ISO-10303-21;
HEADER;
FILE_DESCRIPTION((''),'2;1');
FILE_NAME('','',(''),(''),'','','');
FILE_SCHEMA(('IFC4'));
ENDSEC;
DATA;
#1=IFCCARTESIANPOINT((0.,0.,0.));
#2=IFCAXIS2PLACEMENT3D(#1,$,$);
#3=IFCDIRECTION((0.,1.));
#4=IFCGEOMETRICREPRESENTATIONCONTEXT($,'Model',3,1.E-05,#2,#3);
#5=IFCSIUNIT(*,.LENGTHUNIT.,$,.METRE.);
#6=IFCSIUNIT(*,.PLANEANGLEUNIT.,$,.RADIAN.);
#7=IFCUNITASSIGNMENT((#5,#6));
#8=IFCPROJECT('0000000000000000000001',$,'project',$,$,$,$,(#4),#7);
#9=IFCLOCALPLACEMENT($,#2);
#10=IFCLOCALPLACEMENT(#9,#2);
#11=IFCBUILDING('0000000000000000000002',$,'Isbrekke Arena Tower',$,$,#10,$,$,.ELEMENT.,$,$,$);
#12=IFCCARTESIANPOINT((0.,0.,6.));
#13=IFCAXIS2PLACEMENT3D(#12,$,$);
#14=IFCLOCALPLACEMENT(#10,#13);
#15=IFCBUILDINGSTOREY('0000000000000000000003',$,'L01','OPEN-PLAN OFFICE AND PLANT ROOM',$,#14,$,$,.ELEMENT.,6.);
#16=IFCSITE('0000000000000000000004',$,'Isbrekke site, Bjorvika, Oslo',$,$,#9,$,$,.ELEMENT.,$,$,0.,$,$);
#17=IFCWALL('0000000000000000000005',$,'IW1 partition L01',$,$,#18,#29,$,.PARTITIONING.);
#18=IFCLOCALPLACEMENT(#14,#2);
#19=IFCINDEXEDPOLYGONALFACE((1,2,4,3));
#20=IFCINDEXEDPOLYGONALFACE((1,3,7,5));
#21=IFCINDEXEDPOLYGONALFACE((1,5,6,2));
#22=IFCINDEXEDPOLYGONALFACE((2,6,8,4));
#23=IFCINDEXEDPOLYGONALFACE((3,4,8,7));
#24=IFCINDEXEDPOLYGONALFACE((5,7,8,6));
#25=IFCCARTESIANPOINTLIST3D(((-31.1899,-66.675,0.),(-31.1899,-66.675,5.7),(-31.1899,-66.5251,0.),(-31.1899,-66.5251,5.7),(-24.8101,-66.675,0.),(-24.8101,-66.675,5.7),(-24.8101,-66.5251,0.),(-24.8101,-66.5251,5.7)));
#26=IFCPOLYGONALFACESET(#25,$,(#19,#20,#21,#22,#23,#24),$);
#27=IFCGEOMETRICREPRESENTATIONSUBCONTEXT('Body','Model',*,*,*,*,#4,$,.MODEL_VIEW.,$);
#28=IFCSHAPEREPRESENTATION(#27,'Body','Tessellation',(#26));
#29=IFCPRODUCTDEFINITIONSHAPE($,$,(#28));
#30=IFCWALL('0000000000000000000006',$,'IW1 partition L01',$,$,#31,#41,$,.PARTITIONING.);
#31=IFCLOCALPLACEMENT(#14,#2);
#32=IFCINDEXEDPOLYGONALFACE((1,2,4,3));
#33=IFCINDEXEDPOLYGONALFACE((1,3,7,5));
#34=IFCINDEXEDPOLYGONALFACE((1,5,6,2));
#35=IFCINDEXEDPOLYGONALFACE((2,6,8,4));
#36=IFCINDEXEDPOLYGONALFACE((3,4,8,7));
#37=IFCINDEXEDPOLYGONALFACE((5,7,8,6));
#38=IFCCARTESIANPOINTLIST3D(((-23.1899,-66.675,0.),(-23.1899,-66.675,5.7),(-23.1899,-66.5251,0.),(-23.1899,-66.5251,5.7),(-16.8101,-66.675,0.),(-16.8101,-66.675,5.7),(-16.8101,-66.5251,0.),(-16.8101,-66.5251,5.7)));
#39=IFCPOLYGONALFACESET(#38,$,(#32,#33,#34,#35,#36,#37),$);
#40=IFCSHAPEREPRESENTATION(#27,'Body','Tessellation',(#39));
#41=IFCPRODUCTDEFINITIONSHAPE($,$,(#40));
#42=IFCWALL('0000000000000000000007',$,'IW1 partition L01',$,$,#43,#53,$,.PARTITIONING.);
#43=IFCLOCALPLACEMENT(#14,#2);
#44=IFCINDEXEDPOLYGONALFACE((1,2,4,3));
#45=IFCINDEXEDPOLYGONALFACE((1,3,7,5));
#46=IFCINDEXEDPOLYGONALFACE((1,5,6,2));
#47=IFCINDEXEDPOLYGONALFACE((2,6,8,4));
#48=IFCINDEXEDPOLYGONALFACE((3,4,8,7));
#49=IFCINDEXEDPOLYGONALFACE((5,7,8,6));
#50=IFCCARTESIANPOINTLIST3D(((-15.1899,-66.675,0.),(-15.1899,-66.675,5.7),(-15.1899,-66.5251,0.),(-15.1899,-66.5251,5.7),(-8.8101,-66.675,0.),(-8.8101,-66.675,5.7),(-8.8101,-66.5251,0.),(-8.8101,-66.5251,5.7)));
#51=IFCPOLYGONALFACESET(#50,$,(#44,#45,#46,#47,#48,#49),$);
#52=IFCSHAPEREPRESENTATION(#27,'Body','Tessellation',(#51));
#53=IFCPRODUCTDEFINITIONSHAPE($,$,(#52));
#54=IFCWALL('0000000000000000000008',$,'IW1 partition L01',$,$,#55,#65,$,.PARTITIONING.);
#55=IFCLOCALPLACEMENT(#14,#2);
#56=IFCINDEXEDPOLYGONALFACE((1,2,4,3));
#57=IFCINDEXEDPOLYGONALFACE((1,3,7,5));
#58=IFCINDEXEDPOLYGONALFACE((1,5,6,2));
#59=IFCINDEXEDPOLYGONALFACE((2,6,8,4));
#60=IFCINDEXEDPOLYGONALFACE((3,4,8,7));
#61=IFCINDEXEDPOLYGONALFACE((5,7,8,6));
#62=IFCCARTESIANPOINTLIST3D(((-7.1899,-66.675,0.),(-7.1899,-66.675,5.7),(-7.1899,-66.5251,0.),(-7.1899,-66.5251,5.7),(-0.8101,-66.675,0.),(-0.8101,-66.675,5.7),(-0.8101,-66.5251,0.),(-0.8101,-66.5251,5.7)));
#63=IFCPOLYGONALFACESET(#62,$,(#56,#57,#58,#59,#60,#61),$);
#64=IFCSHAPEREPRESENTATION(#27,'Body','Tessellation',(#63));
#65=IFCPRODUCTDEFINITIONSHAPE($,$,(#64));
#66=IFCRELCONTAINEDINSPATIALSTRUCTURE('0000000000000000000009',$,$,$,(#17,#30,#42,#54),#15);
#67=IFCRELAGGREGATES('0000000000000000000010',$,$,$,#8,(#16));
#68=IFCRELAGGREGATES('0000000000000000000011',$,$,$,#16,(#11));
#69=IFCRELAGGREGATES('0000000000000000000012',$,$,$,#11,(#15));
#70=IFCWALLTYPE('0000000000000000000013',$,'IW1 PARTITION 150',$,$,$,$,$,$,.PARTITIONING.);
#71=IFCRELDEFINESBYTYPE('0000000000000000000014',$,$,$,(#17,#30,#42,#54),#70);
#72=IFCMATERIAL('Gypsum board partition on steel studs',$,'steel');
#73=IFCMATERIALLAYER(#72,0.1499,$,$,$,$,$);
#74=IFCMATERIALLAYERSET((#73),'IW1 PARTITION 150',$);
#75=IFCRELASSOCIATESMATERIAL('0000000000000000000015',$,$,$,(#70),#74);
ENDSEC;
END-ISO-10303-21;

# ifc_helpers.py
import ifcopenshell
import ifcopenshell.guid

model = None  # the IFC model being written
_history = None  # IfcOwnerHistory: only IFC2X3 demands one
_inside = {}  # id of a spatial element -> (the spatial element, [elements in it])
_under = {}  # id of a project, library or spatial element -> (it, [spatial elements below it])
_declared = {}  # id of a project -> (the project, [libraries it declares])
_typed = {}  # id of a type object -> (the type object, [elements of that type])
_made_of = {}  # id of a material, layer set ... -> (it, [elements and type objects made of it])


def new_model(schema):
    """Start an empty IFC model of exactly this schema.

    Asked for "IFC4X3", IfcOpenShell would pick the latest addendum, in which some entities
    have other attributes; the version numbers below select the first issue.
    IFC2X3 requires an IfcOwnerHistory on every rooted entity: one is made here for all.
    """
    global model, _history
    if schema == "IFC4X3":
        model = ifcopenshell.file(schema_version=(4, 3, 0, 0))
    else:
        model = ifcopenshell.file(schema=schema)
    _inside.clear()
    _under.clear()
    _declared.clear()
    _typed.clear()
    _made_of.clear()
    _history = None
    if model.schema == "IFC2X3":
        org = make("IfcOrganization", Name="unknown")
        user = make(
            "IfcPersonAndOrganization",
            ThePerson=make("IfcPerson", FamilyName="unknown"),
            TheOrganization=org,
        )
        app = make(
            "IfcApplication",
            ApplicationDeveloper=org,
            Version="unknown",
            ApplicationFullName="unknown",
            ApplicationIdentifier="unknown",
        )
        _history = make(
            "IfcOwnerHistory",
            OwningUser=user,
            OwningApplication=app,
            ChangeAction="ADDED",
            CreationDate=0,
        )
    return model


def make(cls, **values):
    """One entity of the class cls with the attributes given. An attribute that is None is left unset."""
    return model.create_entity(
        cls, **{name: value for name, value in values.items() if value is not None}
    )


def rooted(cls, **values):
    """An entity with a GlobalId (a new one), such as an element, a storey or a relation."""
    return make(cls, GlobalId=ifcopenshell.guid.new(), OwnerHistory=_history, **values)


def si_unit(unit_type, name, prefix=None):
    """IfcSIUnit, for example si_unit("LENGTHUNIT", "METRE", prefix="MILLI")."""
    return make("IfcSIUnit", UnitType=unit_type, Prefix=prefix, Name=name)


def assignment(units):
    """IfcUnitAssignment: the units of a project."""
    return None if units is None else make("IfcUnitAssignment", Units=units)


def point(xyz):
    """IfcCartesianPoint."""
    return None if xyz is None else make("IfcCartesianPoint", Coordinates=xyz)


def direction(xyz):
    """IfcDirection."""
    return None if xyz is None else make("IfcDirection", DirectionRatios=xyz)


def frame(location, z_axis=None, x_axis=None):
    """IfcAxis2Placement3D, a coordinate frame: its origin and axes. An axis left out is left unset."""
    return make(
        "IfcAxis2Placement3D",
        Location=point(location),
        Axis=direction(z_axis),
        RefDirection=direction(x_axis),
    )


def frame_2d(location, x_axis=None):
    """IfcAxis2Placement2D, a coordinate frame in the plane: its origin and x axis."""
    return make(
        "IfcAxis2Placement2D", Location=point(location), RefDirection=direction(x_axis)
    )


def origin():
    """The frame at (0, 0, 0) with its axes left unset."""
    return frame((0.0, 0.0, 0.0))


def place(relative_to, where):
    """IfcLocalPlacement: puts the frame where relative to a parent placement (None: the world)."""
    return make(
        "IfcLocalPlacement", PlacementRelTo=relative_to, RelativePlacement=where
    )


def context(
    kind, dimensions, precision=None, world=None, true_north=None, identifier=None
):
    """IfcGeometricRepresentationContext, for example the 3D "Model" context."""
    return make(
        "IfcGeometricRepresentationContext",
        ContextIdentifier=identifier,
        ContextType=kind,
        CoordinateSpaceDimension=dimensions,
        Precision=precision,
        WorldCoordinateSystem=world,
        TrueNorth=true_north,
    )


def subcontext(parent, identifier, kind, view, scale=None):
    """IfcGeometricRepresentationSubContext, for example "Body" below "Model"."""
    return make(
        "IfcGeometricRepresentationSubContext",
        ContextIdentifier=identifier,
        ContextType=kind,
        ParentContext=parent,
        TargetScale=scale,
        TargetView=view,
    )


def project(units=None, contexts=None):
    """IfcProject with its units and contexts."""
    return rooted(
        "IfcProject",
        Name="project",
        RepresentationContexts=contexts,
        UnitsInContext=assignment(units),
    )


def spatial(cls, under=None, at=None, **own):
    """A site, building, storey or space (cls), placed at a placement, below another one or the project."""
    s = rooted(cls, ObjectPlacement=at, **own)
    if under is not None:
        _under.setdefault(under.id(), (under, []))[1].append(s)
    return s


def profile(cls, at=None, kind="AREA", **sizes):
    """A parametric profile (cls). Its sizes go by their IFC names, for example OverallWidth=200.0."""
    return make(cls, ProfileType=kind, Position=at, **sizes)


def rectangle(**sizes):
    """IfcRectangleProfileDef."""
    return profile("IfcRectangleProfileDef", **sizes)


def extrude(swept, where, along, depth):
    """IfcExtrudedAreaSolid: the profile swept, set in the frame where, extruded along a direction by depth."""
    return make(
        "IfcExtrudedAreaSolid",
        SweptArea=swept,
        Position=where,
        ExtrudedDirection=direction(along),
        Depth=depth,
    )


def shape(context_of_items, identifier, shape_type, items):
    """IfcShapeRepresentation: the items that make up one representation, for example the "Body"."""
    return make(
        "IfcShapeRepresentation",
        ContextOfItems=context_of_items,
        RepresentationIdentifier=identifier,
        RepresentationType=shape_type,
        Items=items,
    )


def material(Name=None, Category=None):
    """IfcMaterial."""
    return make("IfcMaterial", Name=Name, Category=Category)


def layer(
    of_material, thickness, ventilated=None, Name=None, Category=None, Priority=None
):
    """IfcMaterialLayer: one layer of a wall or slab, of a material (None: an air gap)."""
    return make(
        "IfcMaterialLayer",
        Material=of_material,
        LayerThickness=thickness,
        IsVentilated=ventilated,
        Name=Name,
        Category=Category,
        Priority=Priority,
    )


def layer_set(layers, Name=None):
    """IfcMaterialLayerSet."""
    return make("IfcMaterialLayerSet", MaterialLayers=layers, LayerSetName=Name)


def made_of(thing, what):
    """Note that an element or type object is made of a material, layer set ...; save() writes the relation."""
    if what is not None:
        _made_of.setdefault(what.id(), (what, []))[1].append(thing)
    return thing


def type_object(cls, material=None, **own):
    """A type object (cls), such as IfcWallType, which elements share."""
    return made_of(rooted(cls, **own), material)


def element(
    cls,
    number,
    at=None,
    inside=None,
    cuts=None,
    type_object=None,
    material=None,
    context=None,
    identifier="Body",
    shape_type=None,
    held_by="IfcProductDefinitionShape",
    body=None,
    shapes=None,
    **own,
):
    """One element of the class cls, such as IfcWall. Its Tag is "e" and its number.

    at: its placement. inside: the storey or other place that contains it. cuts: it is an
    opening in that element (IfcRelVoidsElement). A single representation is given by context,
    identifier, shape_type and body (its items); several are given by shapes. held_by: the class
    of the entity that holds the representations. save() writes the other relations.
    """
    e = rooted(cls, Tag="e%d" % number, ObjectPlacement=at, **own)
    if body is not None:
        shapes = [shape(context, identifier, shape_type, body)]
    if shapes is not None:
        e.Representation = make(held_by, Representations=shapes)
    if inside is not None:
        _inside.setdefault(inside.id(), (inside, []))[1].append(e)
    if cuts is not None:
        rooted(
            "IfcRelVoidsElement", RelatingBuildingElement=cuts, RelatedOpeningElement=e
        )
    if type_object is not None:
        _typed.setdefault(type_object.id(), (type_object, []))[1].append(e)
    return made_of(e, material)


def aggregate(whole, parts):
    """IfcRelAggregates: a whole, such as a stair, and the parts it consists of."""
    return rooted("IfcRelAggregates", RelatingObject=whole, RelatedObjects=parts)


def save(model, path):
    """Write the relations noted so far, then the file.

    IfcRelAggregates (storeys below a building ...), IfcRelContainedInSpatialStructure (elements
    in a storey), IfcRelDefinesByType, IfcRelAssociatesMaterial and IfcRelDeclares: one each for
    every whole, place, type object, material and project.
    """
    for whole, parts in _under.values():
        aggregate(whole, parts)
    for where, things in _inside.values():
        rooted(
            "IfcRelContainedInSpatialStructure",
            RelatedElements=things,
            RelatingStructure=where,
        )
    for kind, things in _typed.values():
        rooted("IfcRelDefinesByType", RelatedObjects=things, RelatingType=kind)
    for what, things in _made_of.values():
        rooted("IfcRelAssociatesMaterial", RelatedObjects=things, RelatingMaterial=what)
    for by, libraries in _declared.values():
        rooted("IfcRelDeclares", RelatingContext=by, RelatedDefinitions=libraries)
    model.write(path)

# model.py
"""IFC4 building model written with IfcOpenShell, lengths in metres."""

from ifc_helpers import new_model, si_unit, direction, frame, frame_2d, origin, place, context, subcontext, project, spatial, rectangle, extrude, material, layer, layer_set, type_object, element, save


model = new_model("IFC4")

# Units and contexts
model_context = context("Model", 3, precision=1e-05, world=origin(), true_north=direction((0.0, 1.0)))
body_context = subcontext(model_context, "Body", "Model", "MODEL_VIEW")
ifc_project = project(units=[si_unit("LENGTHUNIT", "METRE"), si_unit("PLANEANGLEUNIT", "RADIAN")], contexts=[model_context])

# Site, building, storey
site_placement = place(None, origin())
site = spatial("IfcSite", under=ifc_project, at=site_placement, Name="Isbrekke site, Bjorvika, Oslo", CompositionType="ELEMENT", RefElevation=0.0)
building_placement = place(site_placement, origin())
building = spatial("IfcBuilding", under=site, at=building_placement, Name="Isbrekke Arena Tower", CompositionType="ELEMENT")
storey_placement = place(building_placement, frame((0.0, 0.0, 6.0)))
storey = spatial("IfcBuildingStorey", under=building, at=storey_placement, Name="L01", Description="OPEN-PLAN OFFICE AND PLANT ROOM", CompositionType="ELEMENT", Elevation=6.0)

# Walls
ifc_material_1 = material(Name="Gypsum board partition on steel studs", Category="steel")
ifc_layer = layer(ifc_material_1, 0.1499)
ifc_layer_set = layer_set([ifc_layer], Name="IW1 PARTITION 150")
wall_type = type_object("IfcWallType", Name="IW1 PARTITION 150", PredefinedType="PARTITIONING", material=ifc_layer_set)
for number, where, z_axis, x_axis, name in (
    (1, (-31.1899, -66.6001, 0.0), (0.0, 0.0, 1.0), (1.0, 0.0, 0.0), "IW1 partition L01"),
    (2, (-23.1899, -66.6001, 0.0), (0.0, 0.0, 1.0), (1.0, 0.0, 0.0), "IW1 partition L01"),
    (3, (-15.1899, -66.6001, 0.0), (0.0, 0.0, 1.0), (1.0, 0.0, 0.0), "IW1 partition L01"),
    (4, (-7.1899, -66.6001, 0.0), (0.0, 0.0, 1.0), (1.0, 0.0, 0.0), "IW1 partition L01"),
):
    element("IfcWall", number, at=place(storey_placement, frame(where, z_axis=z_axis, x_axis=x_axis)), inside=storey, type_object=wall_type, Name=name, PredefinedType="PARTITIONING", context=body_context, shape_type="SweptSolid", body=[
        extrude(rectangle(XDim=6.3799, YDim=0.1499, at=frame_2d((3.1899, 0.0))), origin(), (0.0, 0.0, 1.0), 5.7),
    ])

save(model, "model.ifc")
